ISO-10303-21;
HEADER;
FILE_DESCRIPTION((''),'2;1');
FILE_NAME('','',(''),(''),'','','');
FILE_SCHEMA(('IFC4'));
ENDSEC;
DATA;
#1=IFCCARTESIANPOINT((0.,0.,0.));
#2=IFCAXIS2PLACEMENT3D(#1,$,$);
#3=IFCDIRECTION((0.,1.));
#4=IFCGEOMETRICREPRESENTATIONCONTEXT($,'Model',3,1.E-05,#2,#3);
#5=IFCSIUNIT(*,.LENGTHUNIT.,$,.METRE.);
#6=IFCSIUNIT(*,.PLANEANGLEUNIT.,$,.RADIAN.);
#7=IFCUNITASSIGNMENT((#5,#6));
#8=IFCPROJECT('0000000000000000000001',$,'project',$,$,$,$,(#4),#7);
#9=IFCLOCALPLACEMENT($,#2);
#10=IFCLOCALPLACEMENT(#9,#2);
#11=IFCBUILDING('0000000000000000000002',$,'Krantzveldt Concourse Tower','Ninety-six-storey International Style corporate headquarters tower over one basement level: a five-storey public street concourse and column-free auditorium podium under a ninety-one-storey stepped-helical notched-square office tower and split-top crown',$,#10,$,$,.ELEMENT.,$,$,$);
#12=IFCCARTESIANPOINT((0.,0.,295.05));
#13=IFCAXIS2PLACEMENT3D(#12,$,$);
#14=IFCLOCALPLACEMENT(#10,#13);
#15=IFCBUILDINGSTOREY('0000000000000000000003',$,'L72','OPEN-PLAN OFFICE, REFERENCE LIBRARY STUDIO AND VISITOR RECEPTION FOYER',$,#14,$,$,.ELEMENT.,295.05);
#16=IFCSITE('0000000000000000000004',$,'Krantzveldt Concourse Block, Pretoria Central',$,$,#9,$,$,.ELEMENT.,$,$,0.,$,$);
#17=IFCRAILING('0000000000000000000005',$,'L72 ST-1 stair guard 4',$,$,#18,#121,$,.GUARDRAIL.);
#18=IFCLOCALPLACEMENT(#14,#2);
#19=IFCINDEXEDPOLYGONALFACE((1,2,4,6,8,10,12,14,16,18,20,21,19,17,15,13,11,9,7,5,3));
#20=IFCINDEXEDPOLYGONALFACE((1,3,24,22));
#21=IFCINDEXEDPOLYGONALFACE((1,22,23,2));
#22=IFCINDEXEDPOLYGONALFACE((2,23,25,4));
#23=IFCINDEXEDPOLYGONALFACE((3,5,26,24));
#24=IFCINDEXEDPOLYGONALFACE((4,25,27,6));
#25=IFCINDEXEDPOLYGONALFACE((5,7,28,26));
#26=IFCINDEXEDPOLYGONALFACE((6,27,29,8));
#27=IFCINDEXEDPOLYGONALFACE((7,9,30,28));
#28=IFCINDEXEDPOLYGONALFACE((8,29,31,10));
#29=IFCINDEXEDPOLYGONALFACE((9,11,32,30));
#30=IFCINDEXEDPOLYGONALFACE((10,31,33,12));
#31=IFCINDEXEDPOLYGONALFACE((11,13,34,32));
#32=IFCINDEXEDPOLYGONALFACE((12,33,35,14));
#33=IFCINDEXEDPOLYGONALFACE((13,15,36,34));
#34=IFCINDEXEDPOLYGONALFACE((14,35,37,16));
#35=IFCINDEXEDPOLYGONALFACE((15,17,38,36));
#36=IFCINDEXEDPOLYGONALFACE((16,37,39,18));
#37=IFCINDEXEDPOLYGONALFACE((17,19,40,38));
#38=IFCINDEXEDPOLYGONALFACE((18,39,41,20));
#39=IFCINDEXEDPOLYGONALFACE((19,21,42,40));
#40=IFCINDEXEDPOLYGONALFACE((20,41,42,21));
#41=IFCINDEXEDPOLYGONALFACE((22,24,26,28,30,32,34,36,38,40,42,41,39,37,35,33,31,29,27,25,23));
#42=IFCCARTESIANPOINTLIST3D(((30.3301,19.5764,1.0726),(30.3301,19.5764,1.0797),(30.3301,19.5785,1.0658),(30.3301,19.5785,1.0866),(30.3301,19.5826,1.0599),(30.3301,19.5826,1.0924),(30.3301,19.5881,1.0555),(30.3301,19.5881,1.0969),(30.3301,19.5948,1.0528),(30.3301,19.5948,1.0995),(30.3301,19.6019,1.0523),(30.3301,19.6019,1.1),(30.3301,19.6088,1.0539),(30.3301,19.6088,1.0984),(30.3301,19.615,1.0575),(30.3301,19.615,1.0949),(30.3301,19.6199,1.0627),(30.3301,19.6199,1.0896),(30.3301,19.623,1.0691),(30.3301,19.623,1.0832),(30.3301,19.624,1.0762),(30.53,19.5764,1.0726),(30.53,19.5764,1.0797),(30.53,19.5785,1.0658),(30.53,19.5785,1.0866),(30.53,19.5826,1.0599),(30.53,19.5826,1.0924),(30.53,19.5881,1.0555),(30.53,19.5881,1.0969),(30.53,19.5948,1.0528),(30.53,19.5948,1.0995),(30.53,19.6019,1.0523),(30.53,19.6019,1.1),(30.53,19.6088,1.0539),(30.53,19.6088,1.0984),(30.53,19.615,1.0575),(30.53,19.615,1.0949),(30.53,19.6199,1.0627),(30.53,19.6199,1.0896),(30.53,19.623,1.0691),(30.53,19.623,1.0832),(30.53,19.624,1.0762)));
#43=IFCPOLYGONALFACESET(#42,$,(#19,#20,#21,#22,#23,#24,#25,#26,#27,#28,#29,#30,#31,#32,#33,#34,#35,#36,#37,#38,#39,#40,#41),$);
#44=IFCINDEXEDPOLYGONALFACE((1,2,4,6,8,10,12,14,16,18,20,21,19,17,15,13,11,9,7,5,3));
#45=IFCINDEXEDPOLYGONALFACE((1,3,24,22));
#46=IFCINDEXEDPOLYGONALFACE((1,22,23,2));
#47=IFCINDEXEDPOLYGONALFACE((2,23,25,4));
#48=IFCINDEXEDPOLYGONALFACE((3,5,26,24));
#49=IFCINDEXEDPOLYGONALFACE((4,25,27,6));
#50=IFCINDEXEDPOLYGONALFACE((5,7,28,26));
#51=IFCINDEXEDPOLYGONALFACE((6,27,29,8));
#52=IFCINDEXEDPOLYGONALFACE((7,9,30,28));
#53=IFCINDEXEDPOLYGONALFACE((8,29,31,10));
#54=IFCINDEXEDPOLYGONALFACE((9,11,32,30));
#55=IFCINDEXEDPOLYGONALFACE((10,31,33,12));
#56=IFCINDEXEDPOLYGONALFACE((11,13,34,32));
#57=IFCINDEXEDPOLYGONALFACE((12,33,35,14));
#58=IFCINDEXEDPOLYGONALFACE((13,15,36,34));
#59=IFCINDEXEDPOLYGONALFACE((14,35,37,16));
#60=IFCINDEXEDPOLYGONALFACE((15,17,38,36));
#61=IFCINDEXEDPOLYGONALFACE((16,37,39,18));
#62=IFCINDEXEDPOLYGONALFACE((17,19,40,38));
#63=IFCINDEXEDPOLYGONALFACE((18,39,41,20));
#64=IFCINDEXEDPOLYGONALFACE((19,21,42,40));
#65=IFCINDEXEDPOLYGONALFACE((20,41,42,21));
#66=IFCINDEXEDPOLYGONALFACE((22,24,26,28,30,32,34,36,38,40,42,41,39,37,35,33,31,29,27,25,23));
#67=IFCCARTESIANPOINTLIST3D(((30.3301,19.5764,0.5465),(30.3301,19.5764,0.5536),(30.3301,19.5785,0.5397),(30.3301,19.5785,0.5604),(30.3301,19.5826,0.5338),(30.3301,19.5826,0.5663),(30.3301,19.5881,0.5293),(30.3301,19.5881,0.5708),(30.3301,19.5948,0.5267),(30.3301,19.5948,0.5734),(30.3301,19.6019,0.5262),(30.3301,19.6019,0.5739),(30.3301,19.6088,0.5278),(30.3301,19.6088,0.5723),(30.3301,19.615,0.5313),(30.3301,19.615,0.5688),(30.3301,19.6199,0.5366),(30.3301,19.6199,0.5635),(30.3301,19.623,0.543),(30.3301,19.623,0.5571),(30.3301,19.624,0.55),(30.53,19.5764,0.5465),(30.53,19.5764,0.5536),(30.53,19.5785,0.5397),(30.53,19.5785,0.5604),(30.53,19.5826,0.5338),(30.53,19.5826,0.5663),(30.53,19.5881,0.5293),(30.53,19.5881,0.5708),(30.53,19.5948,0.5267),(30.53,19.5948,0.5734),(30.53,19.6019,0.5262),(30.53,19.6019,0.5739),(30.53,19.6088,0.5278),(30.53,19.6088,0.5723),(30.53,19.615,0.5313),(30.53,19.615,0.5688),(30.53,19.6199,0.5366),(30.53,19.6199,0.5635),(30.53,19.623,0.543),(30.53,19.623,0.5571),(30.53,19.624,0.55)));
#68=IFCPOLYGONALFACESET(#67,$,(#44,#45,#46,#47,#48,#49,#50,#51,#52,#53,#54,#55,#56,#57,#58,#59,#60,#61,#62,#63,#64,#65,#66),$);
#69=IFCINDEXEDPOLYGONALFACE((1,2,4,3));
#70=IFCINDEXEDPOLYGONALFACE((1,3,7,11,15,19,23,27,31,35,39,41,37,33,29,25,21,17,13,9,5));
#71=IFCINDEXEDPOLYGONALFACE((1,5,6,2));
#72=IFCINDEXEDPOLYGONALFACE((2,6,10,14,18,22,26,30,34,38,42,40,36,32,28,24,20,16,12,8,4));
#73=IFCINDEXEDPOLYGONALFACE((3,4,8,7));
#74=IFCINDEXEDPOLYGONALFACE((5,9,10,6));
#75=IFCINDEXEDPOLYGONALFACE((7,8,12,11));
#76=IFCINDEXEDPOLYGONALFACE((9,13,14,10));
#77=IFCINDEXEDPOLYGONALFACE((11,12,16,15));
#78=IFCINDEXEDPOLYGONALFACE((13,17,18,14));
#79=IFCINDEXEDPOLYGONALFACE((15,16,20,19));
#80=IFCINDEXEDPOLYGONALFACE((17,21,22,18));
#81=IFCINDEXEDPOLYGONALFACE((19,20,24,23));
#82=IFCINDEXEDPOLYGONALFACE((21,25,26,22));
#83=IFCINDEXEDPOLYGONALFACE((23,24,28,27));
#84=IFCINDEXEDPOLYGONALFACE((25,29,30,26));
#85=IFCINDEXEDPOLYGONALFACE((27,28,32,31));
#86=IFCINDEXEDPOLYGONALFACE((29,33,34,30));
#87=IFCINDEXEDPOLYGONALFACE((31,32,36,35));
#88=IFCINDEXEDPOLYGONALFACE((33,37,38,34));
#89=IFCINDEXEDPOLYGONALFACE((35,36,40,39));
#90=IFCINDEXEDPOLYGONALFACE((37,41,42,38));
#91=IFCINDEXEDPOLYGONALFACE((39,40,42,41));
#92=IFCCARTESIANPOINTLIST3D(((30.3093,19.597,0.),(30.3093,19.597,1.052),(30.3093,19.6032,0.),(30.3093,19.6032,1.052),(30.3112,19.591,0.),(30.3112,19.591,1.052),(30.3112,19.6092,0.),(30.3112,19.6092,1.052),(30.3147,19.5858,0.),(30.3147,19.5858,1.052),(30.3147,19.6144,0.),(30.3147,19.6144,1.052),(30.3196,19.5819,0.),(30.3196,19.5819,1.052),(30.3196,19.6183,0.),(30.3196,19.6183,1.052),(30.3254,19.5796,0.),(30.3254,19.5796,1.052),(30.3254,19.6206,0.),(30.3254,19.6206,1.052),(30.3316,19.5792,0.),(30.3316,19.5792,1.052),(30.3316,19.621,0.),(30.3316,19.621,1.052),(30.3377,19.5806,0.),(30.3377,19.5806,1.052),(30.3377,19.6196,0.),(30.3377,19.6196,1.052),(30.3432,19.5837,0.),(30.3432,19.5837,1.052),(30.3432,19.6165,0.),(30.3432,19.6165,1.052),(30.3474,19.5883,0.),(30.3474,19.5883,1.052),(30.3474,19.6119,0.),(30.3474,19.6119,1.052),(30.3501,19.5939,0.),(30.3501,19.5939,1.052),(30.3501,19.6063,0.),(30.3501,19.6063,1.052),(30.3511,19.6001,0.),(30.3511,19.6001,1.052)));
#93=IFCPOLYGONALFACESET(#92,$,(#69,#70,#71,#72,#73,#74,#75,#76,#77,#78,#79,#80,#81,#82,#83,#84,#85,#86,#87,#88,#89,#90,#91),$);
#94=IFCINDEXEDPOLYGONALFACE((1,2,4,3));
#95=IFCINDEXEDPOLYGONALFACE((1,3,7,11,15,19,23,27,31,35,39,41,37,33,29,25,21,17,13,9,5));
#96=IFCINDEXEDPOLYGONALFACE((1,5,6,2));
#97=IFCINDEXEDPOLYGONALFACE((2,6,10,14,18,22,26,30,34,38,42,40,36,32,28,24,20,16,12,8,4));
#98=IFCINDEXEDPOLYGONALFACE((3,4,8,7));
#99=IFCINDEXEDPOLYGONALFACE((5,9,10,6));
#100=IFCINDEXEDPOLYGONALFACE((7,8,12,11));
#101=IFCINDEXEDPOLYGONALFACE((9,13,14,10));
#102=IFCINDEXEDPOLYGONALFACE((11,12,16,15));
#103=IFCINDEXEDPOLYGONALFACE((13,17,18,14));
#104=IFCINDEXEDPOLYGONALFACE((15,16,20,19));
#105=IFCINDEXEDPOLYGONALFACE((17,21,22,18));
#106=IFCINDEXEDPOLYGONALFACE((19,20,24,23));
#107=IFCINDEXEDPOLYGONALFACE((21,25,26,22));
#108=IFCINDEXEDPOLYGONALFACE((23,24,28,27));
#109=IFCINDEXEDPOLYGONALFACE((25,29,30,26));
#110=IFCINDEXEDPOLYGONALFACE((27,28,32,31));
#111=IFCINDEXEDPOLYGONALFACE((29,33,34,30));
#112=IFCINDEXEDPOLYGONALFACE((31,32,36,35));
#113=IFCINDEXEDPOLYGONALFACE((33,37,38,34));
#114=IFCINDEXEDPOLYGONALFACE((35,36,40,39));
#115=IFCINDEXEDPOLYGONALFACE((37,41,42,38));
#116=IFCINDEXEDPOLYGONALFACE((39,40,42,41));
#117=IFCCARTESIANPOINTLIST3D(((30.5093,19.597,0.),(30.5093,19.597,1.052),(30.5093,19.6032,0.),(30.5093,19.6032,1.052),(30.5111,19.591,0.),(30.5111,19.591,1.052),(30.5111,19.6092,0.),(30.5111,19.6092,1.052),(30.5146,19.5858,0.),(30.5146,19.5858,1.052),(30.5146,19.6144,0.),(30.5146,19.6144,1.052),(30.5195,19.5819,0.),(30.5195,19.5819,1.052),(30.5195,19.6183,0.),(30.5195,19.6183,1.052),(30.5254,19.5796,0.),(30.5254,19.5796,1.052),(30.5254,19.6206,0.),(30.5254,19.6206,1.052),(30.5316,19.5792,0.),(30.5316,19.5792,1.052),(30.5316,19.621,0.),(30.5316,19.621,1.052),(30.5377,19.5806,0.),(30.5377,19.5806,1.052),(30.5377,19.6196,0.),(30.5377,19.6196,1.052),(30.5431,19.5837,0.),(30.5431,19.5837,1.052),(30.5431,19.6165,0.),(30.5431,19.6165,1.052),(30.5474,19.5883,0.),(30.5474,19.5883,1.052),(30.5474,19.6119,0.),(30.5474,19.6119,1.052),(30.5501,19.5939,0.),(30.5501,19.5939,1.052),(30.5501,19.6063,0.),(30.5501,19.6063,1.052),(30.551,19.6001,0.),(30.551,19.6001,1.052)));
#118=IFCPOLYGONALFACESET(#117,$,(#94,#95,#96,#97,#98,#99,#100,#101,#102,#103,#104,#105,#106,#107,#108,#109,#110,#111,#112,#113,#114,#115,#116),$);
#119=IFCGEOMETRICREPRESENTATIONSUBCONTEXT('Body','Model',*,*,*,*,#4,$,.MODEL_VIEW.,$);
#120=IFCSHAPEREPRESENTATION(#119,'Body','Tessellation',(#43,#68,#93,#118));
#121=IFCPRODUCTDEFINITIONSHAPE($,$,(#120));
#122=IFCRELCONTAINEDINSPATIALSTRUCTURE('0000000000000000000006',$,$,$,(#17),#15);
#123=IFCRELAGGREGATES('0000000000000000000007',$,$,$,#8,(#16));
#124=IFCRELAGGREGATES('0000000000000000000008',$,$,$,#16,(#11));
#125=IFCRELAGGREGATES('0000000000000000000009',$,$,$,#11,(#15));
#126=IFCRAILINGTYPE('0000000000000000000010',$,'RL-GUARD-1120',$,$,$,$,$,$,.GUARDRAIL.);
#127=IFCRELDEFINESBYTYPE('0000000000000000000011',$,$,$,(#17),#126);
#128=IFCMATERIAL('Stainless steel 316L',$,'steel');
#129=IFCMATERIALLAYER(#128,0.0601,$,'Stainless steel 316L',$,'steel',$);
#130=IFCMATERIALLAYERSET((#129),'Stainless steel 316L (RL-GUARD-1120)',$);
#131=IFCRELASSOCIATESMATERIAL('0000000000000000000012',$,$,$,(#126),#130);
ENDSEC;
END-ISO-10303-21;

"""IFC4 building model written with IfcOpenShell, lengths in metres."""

from ifc_helpers import new_model, si_unit, direction, frame, origin, origin_2d, place, context, subcontext, project, spatial, circle, extrude, material, layer, layer_set, type_object, element, save


model = new_model("IFC4")

# Units and contexts
model_context = context("Model", 3, precision=1e-05, world=origin(), true_north=direction((0.0, 1.0)))
body_context = subcontext(model_context, "Body", "Model", "MODEL_VIEW")
ifc_project = project(units=[si_unit("LENGTHUNIT", "METRE"), si_unit("PLANEANGLEUNIT", "RADIAN")], contexts=[model_context])

# Site, building, storey
site_placement = place(None, origin())
site = spatial("IfcSite", under=ifc_project, at=site_placement, Name="Krantzveldt Concourse Block, Pretoria Central", CompositionType="ELEMENT", RefElevation=0.0)
building_placement = place(site_placement, origin())
building = spatial("IfcBuilding", under=site, at=building_placement, Name="Krantzveldt Concourse Tower", Description="Ninety-six-storey International Style corporate headquarters tower over one basement level: a five-storey public street concourse and column-free auditorium podium under a ninety-one-storey stepped-helical notched-square office tower and split-top crown", CompositionType="ELEMENT")
storey_placement = place(building_placement, frame((0.0, 0.0, 295.05)))
storey = spatial("IfcBuildingStorey", under=building, at=storey_placement, Name="L72", Description="OPEN-PLAN OFFICE, REFERENCE LIBRARY STUDIO AND VISITOR RECEPTION FOYER", CompositionType="ELEMENT", Elevation=295.05)

# Shared definitions
ifc_material_1 = material(Name="Stainless steel 316L", Category="steel")

# Railing
ifc_layer_1 = layer(ifc_material_1, 0.0601, Name="Stainless steel 316L", Category="steel")
ifc_layer_set_1 = layer_set([ifc_layer_1], Name="Stainless steel 316L (RL-GUARD-1120)")
railing_type_1 = type_object("IfcRailingType", Name="RL-GUARD-1120", PredefinedType="GUARDRAIL", material=ifc_layer_set_1)
railing_1_placement = place(storey_placement, frame((30.3301, 19.6001, 0.0)))
element("IfcRailing", 1, at=railing_1_placement, inside=storey, type_object=railing_type_1, Name="L72 ST-1 stair guard 4", PredefinedType="GUARDRAIL", context=body_context, shape_type="SweptSolid", body=[
    extrude(circle(Radius=0.0239, at=origin_2d()), frame((0.0, 0.0, 1.0762), z_axis=(1.0, 0.0, 0.0), x_axis=(0.0, 1.0, 0.0)), (0.0, 0.0, 1.0), 0.2),
    extrude(circle(Radius=0.0239, at=origin_2d()), frame((0.0, 0.0, 0.55), z_axis=(1.0, 0.0, 0.0), x_axis=(0.0, 1.0, 0.0)), (0.0, 0.0, 1.0), 0.2),
    extrude(circle(Radius=0.021, at=origin_2d()), origin(), (0.0, 0.0, 1.0), 1.052),
    extrude(circle(Radius=0.021, at=origin_2d()), frame((0.2, 0.0, 0.0)), (0.0, 0.0, 1.0), 1.052),
])

save(model, "model.ifc")
